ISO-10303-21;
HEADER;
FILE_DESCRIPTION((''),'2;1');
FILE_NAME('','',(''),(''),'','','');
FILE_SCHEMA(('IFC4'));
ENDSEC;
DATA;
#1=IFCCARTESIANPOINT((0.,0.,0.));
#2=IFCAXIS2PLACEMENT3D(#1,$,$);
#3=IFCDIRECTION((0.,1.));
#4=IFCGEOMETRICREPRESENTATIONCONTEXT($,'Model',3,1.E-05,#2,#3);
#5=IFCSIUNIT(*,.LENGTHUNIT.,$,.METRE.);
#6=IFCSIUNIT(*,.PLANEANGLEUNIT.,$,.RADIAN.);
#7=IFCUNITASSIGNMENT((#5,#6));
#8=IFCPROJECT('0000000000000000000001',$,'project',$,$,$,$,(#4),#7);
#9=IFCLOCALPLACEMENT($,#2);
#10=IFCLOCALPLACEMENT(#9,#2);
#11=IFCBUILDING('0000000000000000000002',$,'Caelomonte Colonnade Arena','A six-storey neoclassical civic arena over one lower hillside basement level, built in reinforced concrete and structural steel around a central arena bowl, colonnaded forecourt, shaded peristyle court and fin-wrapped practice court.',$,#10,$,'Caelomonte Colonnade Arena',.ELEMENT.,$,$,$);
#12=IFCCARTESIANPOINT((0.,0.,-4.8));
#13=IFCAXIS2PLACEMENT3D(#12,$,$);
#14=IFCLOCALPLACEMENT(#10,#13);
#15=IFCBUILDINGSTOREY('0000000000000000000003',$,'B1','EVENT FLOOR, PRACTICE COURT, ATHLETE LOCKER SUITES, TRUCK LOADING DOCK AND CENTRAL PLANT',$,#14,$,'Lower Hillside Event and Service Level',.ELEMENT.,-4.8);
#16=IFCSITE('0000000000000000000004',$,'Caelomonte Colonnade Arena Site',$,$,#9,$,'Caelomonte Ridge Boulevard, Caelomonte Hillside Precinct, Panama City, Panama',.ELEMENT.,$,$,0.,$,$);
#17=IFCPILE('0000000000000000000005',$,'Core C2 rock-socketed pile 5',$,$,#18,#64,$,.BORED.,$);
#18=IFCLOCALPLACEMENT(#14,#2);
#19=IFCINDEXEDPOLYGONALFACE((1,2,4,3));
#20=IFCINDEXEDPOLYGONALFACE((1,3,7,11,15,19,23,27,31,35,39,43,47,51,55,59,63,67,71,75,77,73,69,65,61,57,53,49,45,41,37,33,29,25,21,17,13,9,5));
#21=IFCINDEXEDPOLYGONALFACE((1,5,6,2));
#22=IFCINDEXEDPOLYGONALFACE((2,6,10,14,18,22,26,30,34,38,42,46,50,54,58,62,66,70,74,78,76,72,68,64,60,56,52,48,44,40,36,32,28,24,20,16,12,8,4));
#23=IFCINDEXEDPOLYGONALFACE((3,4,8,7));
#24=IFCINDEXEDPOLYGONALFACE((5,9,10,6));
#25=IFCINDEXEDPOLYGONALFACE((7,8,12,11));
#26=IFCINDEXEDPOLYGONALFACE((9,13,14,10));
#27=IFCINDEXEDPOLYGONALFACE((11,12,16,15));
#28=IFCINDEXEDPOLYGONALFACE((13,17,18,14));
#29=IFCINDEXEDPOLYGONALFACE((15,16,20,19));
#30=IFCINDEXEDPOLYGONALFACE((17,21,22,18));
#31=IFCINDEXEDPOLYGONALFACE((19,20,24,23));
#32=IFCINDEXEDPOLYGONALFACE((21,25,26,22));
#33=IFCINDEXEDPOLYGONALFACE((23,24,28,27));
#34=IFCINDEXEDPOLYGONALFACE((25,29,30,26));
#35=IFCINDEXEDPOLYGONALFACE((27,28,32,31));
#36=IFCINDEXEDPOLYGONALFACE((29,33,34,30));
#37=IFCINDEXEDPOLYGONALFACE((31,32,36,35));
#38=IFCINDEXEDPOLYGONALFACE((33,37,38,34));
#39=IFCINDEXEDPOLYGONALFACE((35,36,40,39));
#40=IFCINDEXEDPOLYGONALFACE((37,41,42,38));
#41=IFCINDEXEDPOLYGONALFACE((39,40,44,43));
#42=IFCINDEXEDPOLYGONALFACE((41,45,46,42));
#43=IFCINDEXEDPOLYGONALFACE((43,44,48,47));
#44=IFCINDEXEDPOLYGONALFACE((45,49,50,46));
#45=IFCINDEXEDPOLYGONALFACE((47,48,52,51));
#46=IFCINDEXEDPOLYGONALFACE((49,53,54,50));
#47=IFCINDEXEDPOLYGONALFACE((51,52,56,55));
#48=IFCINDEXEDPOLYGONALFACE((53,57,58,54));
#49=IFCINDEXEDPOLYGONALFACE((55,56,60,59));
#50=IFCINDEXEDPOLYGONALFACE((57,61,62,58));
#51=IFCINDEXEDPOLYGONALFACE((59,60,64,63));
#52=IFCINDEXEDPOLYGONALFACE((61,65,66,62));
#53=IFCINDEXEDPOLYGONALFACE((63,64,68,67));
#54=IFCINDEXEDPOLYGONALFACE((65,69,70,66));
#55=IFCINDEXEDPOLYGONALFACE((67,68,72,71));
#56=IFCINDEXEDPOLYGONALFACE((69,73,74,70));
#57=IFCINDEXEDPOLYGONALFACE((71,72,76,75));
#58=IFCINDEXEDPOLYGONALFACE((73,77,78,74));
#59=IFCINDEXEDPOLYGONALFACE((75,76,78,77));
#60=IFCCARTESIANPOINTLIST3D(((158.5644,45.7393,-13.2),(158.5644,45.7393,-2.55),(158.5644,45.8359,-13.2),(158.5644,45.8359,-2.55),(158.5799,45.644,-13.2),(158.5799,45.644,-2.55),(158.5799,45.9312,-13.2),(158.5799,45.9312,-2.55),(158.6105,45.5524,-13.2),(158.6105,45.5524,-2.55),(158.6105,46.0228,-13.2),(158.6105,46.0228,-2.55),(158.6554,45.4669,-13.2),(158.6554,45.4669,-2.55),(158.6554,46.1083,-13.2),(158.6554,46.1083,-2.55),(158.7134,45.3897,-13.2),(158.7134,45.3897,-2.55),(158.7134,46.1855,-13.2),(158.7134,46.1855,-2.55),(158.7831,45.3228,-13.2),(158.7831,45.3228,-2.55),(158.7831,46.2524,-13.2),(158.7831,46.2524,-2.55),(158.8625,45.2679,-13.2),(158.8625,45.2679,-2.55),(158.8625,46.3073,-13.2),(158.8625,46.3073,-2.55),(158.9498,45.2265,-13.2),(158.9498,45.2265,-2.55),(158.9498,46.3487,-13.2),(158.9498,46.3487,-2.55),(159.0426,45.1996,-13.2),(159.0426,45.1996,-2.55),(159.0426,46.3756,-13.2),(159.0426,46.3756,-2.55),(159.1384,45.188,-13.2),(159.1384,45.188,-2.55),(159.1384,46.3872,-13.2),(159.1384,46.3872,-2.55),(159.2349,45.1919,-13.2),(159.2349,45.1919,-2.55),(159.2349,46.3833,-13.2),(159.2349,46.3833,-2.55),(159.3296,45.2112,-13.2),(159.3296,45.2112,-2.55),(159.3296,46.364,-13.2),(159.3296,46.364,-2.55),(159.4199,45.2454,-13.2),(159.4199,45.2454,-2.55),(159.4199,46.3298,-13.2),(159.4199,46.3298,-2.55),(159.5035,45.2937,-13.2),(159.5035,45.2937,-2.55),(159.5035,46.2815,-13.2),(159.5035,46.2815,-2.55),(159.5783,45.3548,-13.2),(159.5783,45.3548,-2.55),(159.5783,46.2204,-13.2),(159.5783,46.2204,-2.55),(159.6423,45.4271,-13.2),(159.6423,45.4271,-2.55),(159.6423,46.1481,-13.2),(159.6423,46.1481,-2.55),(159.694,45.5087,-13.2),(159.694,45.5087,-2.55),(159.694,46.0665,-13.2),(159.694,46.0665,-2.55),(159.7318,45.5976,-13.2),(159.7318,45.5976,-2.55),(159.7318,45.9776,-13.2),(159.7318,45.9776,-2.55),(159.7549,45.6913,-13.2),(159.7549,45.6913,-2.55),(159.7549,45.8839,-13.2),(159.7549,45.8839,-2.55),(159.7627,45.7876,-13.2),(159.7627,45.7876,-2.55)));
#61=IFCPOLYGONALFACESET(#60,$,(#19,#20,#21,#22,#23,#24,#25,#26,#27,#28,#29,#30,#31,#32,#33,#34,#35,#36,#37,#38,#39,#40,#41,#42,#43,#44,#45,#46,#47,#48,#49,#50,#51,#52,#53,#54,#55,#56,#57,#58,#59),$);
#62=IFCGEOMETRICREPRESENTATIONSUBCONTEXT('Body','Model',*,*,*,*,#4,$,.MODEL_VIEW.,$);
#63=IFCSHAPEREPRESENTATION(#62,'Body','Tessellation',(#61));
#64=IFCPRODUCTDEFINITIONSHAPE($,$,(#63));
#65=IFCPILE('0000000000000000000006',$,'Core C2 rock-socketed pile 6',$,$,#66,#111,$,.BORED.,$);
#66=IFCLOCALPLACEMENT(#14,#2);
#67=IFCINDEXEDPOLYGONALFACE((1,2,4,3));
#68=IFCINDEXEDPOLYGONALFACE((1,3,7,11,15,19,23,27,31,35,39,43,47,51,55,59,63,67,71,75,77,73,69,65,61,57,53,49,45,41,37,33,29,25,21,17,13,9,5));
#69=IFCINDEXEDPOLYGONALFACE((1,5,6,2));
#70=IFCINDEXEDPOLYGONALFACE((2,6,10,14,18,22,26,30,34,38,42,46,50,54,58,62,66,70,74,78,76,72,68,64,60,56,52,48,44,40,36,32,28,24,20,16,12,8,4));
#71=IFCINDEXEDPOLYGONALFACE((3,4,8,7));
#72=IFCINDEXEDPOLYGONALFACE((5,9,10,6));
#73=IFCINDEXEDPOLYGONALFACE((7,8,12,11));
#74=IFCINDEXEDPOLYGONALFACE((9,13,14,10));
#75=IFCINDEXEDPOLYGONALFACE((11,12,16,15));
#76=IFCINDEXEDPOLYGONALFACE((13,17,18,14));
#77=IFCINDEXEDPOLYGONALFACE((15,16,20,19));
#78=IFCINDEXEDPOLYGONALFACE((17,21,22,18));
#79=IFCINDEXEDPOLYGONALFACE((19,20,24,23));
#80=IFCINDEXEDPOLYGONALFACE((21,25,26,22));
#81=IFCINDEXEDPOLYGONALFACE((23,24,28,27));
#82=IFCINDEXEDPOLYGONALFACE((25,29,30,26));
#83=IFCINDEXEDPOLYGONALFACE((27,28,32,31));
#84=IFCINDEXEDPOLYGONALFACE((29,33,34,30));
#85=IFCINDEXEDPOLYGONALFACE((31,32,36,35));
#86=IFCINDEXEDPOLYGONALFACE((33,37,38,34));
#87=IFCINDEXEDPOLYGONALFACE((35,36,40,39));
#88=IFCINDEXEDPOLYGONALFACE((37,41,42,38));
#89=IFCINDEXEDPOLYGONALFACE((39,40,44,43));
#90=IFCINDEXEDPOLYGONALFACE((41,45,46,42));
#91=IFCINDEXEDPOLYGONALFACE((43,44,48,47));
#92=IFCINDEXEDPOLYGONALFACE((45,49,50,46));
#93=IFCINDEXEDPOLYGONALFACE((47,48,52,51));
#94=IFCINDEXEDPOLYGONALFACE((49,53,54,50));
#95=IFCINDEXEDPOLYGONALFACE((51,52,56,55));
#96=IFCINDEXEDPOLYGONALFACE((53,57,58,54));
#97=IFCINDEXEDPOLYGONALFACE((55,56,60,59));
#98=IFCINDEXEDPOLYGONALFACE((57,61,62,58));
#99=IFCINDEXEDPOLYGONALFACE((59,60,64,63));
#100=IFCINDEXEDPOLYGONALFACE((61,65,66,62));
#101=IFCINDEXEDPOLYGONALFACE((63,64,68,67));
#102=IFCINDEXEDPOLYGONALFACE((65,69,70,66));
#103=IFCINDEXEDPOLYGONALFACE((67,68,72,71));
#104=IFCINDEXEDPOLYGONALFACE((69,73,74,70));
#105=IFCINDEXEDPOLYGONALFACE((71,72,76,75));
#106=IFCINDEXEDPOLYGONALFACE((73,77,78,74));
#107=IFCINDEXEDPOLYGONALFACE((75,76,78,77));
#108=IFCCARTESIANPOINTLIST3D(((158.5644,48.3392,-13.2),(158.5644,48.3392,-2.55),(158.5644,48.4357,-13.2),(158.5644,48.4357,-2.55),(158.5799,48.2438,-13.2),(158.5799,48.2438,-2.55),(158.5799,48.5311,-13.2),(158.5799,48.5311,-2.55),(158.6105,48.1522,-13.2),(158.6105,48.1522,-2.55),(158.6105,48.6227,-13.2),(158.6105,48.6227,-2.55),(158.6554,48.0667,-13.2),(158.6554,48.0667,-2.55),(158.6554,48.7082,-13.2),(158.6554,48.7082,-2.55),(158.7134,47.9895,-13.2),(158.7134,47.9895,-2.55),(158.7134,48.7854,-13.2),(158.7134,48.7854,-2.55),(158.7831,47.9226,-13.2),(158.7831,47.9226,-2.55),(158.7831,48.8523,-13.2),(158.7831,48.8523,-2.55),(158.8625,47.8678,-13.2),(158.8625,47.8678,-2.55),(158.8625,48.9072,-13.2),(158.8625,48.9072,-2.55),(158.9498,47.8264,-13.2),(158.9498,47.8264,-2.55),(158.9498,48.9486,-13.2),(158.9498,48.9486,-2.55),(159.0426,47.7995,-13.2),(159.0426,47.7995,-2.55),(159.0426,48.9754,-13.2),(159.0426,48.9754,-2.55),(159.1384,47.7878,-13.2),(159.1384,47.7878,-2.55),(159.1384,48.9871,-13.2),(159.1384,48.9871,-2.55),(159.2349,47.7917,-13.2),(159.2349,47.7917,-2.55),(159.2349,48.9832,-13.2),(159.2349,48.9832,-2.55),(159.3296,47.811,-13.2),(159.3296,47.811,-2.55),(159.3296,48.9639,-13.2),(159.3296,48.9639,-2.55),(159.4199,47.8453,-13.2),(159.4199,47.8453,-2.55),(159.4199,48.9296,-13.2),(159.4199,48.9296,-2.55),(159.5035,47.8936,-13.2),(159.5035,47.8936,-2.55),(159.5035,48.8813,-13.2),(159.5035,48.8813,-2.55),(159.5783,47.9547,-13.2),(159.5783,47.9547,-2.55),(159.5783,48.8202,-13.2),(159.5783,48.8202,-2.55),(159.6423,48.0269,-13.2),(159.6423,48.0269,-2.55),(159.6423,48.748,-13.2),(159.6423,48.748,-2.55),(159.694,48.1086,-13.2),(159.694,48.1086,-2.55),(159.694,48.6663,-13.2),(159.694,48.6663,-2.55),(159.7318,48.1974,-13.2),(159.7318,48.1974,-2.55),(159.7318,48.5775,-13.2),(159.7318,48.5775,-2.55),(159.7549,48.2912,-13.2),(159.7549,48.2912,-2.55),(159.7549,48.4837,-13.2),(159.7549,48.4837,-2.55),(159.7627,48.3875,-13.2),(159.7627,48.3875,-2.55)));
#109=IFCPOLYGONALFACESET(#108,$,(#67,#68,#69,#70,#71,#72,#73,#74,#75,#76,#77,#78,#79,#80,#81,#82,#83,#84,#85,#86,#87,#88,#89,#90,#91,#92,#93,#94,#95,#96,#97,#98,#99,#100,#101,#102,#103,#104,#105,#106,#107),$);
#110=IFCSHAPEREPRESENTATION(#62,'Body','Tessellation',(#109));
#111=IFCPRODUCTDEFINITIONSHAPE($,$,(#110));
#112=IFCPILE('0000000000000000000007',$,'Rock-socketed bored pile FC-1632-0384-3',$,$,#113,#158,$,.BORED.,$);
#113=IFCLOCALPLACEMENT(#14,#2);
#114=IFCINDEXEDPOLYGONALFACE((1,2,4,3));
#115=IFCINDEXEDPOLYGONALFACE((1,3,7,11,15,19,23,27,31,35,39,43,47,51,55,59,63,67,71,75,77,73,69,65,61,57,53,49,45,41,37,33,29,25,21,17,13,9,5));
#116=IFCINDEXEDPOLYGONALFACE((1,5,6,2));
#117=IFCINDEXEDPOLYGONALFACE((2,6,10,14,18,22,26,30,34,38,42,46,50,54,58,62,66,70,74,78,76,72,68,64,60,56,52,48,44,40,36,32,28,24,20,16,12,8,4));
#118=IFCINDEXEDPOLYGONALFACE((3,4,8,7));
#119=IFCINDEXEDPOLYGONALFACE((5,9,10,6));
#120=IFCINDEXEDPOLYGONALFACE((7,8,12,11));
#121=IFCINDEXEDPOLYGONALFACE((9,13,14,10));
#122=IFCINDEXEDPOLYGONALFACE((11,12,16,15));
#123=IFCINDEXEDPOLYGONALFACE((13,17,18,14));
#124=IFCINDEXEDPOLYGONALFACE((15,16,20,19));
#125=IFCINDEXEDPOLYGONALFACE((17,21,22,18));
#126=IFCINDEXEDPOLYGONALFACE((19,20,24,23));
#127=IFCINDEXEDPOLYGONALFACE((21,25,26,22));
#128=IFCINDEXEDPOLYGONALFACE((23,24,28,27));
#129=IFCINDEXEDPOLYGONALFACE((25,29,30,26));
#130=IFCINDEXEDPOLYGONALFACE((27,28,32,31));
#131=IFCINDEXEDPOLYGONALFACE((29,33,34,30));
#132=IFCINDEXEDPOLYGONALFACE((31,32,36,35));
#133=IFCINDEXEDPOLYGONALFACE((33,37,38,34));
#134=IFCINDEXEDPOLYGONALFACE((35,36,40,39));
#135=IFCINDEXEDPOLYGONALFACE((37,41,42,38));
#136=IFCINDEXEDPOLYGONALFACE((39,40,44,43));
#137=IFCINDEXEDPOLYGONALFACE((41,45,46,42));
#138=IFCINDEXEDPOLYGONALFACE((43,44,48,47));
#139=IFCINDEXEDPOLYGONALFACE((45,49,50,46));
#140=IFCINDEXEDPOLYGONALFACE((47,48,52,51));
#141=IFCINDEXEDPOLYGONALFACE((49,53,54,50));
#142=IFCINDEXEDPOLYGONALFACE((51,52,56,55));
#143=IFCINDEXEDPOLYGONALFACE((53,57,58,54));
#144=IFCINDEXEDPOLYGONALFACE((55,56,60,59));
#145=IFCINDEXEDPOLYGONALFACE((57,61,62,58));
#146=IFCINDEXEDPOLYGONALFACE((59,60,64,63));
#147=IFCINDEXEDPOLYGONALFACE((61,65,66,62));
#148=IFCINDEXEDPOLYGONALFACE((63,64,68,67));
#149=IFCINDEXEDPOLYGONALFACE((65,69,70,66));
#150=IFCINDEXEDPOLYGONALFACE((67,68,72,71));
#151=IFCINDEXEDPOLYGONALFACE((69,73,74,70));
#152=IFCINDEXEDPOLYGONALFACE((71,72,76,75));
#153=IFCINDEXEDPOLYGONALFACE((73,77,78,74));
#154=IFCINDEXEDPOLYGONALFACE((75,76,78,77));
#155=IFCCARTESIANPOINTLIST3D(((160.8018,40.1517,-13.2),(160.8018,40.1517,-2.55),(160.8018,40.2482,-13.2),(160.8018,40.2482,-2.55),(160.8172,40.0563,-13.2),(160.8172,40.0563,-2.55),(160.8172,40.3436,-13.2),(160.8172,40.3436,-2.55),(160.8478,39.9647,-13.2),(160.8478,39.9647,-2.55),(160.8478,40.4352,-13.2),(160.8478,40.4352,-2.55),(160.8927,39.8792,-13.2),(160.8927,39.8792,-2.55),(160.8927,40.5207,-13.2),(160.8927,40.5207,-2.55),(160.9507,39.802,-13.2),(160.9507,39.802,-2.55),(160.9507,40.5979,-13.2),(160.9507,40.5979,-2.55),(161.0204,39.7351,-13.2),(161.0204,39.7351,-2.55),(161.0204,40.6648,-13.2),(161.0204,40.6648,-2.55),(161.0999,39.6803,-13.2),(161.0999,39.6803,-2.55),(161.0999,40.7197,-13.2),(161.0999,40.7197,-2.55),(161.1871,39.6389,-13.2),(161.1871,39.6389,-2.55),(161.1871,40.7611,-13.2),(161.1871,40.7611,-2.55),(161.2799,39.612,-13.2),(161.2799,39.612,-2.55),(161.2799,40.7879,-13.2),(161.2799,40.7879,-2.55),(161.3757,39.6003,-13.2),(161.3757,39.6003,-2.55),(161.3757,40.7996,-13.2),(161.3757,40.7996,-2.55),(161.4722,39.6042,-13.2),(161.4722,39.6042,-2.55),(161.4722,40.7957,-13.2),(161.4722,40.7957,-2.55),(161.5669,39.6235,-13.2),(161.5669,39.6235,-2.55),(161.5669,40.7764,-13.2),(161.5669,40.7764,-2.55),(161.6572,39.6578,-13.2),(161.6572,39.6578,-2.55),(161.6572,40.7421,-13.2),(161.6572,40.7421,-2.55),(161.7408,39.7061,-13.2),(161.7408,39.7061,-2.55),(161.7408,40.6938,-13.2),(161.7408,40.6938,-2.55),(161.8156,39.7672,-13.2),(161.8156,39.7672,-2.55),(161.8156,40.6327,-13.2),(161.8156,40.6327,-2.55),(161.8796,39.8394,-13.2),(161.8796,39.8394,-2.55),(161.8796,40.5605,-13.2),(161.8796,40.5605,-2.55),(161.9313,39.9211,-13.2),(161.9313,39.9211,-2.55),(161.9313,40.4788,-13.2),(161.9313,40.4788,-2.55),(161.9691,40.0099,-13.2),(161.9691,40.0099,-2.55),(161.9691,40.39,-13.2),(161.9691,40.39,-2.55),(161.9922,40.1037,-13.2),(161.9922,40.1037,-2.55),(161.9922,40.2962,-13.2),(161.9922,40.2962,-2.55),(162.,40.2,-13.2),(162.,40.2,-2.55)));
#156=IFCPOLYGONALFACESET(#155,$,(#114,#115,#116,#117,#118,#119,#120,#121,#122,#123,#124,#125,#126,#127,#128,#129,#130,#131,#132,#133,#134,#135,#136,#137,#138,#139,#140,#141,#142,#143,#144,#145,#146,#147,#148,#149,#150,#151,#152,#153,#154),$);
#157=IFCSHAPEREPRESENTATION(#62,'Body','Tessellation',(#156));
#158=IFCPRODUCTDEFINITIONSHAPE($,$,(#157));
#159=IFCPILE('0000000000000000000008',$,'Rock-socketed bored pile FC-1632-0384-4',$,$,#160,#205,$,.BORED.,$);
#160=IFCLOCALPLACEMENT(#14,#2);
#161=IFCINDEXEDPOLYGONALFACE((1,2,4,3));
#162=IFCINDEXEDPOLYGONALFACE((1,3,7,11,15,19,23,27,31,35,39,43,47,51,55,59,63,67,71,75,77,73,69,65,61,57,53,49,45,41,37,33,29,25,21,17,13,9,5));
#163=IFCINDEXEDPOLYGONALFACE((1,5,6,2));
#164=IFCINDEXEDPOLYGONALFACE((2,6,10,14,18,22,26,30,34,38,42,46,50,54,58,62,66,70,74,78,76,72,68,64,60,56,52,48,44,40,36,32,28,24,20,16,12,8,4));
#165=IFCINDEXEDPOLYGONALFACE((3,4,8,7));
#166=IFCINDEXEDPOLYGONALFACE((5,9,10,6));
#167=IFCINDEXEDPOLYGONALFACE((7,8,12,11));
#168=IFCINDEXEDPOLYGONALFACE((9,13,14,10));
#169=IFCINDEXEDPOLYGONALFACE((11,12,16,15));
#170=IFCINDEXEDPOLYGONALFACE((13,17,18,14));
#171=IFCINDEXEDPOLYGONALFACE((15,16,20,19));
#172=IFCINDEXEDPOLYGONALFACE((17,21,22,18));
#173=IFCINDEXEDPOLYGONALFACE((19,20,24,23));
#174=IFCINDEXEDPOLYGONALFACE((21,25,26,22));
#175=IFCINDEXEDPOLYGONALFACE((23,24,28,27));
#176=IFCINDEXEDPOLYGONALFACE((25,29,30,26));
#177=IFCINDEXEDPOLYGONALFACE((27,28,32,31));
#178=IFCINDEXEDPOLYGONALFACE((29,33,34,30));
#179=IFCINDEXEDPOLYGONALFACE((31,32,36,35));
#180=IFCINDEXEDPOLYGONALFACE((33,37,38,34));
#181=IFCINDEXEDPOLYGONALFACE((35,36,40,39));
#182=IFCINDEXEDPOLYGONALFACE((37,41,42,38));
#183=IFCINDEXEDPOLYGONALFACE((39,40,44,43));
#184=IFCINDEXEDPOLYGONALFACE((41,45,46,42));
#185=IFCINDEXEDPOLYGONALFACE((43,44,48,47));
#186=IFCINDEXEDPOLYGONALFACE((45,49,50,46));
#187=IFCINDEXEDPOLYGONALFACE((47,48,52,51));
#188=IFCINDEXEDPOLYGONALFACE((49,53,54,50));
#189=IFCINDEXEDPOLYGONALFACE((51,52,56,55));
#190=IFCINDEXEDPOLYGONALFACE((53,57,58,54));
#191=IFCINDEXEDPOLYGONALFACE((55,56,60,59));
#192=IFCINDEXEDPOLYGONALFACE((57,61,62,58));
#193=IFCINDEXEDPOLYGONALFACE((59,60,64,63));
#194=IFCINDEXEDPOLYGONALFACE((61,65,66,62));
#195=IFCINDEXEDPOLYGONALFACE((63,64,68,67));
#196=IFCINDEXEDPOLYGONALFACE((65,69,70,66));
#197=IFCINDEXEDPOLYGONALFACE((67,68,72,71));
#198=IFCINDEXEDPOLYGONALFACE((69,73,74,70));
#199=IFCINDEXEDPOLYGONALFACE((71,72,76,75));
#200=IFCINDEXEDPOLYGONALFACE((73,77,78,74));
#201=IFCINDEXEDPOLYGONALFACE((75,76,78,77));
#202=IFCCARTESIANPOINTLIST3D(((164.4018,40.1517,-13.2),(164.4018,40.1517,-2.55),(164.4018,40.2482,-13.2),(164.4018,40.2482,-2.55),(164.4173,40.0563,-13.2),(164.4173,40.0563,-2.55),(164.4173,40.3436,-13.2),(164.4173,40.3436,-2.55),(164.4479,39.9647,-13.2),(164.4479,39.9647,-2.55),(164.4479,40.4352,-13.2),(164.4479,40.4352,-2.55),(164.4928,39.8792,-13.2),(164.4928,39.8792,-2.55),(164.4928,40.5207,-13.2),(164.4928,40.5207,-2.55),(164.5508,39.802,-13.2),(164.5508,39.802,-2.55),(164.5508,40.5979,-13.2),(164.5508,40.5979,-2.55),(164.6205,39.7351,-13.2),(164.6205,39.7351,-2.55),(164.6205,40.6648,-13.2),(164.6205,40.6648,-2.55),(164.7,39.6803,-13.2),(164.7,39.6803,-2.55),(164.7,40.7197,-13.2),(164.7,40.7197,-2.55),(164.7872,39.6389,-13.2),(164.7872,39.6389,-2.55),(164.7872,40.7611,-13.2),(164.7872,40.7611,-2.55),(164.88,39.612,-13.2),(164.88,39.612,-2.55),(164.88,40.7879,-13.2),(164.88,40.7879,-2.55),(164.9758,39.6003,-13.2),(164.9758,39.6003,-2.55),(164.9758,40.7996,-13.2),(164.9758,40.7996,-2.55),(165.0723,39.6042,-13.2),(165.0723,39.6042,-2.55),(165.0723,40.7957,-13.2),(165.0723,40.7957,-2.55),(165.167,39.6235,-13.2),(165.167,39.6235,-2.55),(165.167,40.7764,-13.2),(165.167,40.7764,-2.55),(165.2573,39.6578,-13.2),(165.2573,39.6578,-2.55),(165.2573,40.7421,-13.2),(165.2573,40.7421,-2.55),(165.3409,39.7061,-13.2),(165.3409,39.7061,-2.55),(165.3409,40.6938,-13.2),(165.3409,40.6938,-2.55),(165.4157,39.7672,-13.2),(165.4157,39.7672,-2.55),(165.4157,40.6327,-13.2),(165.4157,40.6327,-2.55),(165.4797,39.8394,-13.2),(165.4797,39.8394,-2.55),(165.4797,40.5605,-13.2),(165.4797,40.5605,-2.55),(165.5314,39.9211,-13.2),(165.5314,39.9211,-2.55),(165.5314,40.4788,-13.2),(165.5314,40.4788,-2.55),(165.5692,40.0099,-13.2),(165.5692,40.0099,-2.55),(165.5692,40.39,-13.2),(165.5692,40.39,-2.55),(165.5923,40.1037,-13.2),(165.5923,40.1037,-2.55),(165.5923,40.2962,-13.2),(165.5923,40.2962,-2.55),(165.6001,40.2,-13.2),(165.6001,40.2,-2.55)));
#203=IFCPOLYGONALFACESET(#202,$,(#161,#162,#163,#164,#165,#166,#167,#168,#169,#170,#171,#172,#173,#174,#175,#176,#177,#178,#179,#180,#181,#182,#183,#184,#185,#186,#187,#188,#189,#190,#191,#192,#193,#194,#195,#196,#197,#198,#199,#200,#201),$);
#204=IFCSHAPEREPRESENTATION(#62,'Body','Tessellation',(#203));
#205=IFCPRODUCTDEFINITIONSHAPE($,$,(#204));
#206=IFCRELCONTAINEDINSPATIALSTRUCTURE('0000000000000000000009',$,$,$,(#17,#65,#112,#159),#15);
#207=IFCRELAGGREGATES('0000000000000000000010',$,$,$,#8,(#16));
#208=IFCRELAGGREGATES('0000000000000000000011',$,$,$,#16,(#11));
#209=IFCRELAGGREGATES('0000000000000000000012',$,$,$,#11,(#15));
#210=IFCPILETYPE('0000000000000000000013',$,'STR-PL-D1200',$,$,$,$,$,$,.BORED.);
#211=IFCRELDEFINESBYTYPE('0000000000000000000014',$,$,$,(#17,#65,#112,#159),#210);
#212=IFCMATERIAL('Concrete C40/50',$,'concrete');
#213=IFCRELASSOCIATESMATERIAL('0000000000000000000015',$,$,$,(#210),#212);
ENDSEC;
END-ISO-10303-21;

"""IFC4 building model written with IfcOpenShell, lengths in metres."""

from ifc_helpers import new_model, si_unit, direction, frame, origin, origin_2d, place, context, subcontext, project, spatial, circle, extrude, material, material_profile, profile_set, type_object, element, save


model = new_model("IFC4")

# Units and contexts
model_context = context("Model", 3, precision=1e-05, world=origin(), true_north=direction((0.0, 1.0)))
body_context = subcontext(model_context, "Body", "Model", "MODEL_VIEW")
ifc_project = project(units=[si_unit("LENGTHUNIT", "METRE"), si_unit("PLANEANGLEUNIT", "RADIAN")], contexts=[model_context])

# Site, building, storey
site_placement = place(None, origin())
site = spatial("IfcSite", under=ifc_project, at=site_placement, Name="Caelomonte Colonnade Arena Site", LongName="Caelomonte Ridge Boulevard, Caelomonte Hillside Precinct, Panama City, Panama", CompositionType="ELEMENT", RefElevation=0.0)
building_placement = place(site_placement, origin())
building = spatial("IfcBuilding", under=site, at=building_placement, Name="Caelomonte Colonnade Arena", Description="A six-storey neoclassical civic arena over one lower hillside basement level, built in reinforced concrete and structural steel around a central arena bowl, colonnaded forecourt, shaded peristyle court and fin-wrapped practice court.", LongName="Caelomonte Colonnade Arena", CompositionType="ELEMENT")
storey_placement = place(building_placement, frame((0.0, 0.0, -4.8)))
storey = spatial("IfcBuildingStorey", under=building, at=storey_placement, Name="B1", Description="EVENT FLOOR, PRACTICE COURT, ATHLETE LOCKER SUITES, TRUCK LOADING DOCK AND CENTRAL PLANT", LongName="Lower Hillside Event and Service Level", CompositionType="ELEMENT", Elevation=-4.8)

# Shared definitions
ifc_material_1 = material(Name="Concrete C40/50", Category="concrete")

# Piles
ifc_material_profile_1 = material_profile(ifc_material_1, circle(Radius=0.6001, at=origin_2d()), Name="PILE-D1200")
ifc_profile_set_1 = profile_set([ifc_material_profile_1], Name="Concrete C40/50")
pile_type_1 = type_object("IfcPileType", Name="STR-PL-D1200", PredefinedType="BORED", material=ifc_profile_set_1)
for number, where, z_axis, x_axis, name in (
    (1, (159.1626, 45.7876, -2.55), (0.0, 0.0, -1.0), (1.0, 0.0, 0.0), "Core C2 rock-socketed pile 5"),
    (2, (159.1626, 48.3875, -2.55), (0.0, 0.0, -1.0), (1.0, 0.0, 0.0), "Core C2 rock-socketed pile 6"),
    (3, (161.3999, 40.2, -2.55), (0.0, 0.0, -1.0), (1.0, 0.0, 0.0), "Rock-socketed bored pile FC-1632-0384-3"),
    (4, (165.0, 40.2, -2.55), (0.0, 0.0, -1.0), (1.0, 0.0, 0.0), "Rock-socketed bored pile FC-1632-0384-4"),
):
    element("IfcPile", number, at=place(storey_placement, frame(where, z_axis=z_axis, x_axis=x_axis)), inside=storey, type_object=pile_type_1, Name=name, PredefinedType="BORED", context=body_context, shape_type="SweptSolid", body=[
        extrude(circle(Radius=0.6001, at=origin_2d()), origin(), (0.0, 0.0, 1.0), 10.6499),
    ])

save(model, "model.ifc")
